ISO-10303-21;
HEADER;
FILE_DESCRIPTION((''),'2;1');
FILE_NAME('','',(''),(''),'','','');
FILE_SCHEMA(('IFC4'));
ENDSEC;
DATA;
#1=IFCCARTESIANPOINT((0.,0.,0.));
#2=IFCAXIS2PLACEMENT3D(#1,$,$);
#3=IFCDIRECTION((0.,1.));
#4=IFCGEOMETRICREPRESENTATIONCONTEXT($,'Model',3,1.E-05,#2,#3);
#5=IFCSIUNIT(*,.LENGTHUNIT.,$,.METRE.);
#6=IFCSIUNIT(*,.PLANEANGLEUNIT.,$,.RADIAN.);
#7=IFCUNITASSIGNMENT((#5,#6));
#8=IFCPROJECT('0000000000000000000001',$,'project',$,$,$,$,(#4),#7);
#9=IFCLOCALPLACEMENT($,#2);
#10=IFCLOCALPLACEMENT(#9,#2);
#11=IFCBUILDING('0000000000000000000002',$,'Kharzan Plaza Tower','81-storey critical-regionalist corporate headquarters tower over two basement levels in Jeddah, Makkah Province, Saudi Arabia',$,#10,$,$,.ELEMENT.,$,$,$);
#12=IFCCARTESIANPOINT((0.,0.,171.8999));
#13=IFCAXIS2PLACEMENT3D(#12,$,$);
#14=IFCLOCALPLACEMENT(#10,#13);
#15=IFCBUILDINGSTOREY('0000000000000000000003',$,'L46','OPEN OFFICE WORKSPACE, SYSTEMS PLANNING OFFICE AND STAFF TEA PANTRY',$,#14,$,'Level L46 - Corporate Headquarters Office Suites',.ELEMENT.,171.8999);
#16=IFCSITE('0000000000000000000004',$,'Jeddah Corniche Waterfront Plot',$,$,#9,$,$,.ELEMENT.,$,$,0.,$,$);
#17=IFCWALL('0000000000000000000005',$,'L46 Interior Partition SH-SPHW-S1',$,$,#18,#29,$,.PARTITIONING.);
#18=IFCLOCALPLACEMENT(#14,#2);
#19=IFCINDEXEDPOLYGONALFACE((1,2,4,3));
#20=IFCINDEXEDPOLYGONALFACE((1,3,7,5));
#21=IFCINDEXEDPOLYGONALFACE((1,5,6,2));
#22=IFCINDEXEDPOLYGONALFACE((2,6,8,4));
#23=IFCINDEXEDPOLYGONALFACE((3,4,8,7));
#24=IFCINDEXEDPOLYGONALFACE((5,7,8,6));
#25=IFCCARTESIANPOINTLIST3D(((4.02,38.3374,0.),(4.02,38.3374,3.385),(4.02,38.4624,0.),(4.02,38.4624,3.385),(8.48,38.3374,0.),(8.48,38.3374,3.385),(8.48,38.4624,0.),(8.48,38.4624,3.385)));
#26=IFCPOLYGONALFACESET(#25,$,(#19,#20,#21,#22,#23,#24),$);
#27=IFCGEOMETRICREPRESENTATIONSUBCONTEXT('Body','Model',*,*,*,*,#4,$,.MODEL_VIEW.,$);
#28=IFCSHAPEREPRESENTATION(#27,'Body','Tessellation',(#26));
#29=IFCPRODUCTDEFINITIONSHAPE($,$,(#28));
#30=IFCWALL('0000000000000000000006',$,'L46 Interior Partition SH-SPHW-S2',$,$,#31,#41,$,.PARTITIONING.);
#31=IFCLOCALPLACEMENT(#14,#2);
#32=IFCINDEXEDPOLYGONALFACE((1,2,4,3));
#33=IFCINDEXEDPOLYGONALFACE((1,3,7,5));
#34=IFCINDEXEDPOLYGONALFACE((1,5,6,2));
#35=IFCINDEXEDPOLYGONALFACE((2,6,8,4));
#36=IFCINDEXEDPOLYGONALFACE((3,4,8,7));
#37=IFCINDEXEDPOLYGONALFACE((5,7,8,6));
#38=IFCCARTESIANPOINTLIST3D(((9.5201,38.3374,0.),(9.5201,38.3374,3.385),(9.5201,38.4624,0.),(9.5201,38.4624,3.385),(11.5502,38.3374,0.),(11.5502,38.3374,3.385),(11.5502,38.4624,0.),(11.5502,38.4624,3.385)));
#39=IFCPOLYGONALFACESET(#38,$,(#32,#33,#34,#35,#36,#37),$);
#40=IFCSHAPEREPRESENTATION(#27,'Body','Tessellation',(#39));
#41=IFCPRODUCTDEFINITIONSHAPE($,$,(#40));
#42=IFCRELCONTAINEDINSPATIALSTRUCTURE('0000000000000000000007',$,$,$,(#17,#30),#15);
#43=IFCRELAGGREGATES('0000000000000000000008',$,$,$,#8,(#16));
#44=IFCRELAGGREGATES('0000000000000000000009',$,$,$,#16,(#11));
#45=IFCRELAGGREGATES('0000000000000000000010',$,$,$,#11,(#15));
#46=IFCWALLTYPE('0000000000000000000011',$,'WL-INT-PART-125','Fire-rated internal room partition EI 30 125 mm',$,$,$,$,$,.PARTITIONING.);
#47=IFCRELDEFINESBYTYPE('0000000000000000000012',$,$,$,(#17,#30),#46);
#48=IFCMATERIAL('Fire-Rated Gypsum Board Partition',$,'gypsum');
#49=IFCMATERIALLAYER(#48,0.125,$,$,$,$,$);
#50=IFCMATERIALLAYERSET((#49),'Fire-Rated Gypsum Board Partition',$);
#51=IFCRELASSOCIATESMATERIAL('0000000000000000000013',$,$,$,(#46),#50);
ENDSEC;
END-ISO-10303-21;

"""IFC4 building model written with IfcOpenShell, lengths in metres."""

from ifc_helpers import new_model, si_unit, direction, frame, frame_2d, origin, place, context, subcontext, project, spatial, rectangle, extrude, source, transform, mapped, material, layer, layer_set, type_object, element, save


model = new_model("IFC4")

# Units and contexts
model_context = context("Model", 3, precision=1e-05, world=origin(), true_north=direction((0.0, 1.0)))
body_context = subcontext(model_context, "Body", "Model", "MODEL_VIEW")
ifc_project = project(units=[si_unit("LENGTHUNIT", "METRE"), si_unit("PLANEANGLEUNIT", "RADIAN")], contexts=[model_context])

# Site, building, storey
site_placement = place(None, origin())
site = spatial("IfcSite", under=ifc_project, at=site_placement, Name="Jeddah Corniche Waterfront Plot", CompositionType="ELEMENT", RefElevation=0.0)
building_placement = place(site_placement, origin())
building = spatial("IfcBuilding", under=site, at=building_placement, Name="Kharzan Plaza Tower", Description="81-storey critical-regionalist corporate headquarters tower over two basement levels in Jeddah, Makkah Province, Saudi Arabia", CompositionType="ELEMENT")
storey_placement = place(building_placement, frame((0.0, 0.0, 171.8999)))
storey = spatial("IfcBuildingStorey", under=building, at=storey_placement, Name="L46", Description="OPEN OFFICE WORKSPACE, SYSTEMS PLANNING OFFICE AND STAFF TEA PANTRY", LongName="Level L46 - Corporate Headquarters Office Suites", CompositionType="ELEMENT", Elevation=171.8999)

# Shared definitions
ifc_material_1 = material(Name="Fire-Rated Gypsum Board Partition", Category="gypsum")
ifc_layer_1 = layer(ifc_material_1, 0.125)
ifc_layer_set_1 = layer_set([ifc_layer_1], Name="Fire-Rated Gypsum Board Partition")
wall_type_1 = type_object("IfcWallType", Name="WL-INT-PART-125", Description="Fire-rated internal room partition EI 30 125 mm", PredefinedType="PARTITIONING", material=ifc_layer_set_1)

# Walls
shared_shape_1 = source(origin(), body_context, "Body", "SweptSolid", [
    extrude(rectangle(XDim=4.46, YDim=0.125, at=frame_2d((2.23, 0.0))), origin(), (0.0, 0.0, 1.0), 3.385),
])
wall_1_placement = place(storey_placement, frame((4.02, 38.3999, 0.0), z_axis=(0.0, 0.0, 1.0), x_axis=(1.0, 0.0, 0.0)))
element("IfcWall", 1, at=wall_1_placement, inside=storey, type_object=wall_type_1, Name="L46 Interior Partition SH-SPHW-S1", PredefinedType="PARTITIONING", context=body_context, shape_type="MappedRepresentation", body=[
    mapped(shared_shape_1, transform((0.0, 0.0, 0.0), x_axis=(1.0, 0.0, 0.0), y_axis=(0.0, 1.0, 0.0), z_axis=(0.0, 0.0, 1.0))),
])
shared_shape_2 = source(origin(), body_context, "Body", "SweptSolid", [
    extrude(rectangle(XDim=2.03, YDim=0.125, at=frame_2d((1.0151, 0.0))), origin(), (0.0, 0.0, 1.0), 3.385),
])
wall_2_placement = place(storey_placement, frame((9.52, 38.3999, 0.0), z_axis=(0.0, 0.0, 1.0), x_axis=(1.0, 0.0, 0.0)))
element("IfcWall", 2, at=wall_2_placement, inside=storey, type_object=wall_type_1, Name="L46 Interior Partition SH-SPHW-S2", PredefinedType="PARTITIONING", context=body_context, shape_type="MappedRepresentation", body=[
    mapped(shared_shape_2, transform((0.0, 0.0, 0.0), x_axis=(1.0, 0.0, 0.0), y_axis=(0.0, 1.0, 0.0), z_axis=(0.0, 0.0, 1.0))),
])

save(model, "model.ifc")
